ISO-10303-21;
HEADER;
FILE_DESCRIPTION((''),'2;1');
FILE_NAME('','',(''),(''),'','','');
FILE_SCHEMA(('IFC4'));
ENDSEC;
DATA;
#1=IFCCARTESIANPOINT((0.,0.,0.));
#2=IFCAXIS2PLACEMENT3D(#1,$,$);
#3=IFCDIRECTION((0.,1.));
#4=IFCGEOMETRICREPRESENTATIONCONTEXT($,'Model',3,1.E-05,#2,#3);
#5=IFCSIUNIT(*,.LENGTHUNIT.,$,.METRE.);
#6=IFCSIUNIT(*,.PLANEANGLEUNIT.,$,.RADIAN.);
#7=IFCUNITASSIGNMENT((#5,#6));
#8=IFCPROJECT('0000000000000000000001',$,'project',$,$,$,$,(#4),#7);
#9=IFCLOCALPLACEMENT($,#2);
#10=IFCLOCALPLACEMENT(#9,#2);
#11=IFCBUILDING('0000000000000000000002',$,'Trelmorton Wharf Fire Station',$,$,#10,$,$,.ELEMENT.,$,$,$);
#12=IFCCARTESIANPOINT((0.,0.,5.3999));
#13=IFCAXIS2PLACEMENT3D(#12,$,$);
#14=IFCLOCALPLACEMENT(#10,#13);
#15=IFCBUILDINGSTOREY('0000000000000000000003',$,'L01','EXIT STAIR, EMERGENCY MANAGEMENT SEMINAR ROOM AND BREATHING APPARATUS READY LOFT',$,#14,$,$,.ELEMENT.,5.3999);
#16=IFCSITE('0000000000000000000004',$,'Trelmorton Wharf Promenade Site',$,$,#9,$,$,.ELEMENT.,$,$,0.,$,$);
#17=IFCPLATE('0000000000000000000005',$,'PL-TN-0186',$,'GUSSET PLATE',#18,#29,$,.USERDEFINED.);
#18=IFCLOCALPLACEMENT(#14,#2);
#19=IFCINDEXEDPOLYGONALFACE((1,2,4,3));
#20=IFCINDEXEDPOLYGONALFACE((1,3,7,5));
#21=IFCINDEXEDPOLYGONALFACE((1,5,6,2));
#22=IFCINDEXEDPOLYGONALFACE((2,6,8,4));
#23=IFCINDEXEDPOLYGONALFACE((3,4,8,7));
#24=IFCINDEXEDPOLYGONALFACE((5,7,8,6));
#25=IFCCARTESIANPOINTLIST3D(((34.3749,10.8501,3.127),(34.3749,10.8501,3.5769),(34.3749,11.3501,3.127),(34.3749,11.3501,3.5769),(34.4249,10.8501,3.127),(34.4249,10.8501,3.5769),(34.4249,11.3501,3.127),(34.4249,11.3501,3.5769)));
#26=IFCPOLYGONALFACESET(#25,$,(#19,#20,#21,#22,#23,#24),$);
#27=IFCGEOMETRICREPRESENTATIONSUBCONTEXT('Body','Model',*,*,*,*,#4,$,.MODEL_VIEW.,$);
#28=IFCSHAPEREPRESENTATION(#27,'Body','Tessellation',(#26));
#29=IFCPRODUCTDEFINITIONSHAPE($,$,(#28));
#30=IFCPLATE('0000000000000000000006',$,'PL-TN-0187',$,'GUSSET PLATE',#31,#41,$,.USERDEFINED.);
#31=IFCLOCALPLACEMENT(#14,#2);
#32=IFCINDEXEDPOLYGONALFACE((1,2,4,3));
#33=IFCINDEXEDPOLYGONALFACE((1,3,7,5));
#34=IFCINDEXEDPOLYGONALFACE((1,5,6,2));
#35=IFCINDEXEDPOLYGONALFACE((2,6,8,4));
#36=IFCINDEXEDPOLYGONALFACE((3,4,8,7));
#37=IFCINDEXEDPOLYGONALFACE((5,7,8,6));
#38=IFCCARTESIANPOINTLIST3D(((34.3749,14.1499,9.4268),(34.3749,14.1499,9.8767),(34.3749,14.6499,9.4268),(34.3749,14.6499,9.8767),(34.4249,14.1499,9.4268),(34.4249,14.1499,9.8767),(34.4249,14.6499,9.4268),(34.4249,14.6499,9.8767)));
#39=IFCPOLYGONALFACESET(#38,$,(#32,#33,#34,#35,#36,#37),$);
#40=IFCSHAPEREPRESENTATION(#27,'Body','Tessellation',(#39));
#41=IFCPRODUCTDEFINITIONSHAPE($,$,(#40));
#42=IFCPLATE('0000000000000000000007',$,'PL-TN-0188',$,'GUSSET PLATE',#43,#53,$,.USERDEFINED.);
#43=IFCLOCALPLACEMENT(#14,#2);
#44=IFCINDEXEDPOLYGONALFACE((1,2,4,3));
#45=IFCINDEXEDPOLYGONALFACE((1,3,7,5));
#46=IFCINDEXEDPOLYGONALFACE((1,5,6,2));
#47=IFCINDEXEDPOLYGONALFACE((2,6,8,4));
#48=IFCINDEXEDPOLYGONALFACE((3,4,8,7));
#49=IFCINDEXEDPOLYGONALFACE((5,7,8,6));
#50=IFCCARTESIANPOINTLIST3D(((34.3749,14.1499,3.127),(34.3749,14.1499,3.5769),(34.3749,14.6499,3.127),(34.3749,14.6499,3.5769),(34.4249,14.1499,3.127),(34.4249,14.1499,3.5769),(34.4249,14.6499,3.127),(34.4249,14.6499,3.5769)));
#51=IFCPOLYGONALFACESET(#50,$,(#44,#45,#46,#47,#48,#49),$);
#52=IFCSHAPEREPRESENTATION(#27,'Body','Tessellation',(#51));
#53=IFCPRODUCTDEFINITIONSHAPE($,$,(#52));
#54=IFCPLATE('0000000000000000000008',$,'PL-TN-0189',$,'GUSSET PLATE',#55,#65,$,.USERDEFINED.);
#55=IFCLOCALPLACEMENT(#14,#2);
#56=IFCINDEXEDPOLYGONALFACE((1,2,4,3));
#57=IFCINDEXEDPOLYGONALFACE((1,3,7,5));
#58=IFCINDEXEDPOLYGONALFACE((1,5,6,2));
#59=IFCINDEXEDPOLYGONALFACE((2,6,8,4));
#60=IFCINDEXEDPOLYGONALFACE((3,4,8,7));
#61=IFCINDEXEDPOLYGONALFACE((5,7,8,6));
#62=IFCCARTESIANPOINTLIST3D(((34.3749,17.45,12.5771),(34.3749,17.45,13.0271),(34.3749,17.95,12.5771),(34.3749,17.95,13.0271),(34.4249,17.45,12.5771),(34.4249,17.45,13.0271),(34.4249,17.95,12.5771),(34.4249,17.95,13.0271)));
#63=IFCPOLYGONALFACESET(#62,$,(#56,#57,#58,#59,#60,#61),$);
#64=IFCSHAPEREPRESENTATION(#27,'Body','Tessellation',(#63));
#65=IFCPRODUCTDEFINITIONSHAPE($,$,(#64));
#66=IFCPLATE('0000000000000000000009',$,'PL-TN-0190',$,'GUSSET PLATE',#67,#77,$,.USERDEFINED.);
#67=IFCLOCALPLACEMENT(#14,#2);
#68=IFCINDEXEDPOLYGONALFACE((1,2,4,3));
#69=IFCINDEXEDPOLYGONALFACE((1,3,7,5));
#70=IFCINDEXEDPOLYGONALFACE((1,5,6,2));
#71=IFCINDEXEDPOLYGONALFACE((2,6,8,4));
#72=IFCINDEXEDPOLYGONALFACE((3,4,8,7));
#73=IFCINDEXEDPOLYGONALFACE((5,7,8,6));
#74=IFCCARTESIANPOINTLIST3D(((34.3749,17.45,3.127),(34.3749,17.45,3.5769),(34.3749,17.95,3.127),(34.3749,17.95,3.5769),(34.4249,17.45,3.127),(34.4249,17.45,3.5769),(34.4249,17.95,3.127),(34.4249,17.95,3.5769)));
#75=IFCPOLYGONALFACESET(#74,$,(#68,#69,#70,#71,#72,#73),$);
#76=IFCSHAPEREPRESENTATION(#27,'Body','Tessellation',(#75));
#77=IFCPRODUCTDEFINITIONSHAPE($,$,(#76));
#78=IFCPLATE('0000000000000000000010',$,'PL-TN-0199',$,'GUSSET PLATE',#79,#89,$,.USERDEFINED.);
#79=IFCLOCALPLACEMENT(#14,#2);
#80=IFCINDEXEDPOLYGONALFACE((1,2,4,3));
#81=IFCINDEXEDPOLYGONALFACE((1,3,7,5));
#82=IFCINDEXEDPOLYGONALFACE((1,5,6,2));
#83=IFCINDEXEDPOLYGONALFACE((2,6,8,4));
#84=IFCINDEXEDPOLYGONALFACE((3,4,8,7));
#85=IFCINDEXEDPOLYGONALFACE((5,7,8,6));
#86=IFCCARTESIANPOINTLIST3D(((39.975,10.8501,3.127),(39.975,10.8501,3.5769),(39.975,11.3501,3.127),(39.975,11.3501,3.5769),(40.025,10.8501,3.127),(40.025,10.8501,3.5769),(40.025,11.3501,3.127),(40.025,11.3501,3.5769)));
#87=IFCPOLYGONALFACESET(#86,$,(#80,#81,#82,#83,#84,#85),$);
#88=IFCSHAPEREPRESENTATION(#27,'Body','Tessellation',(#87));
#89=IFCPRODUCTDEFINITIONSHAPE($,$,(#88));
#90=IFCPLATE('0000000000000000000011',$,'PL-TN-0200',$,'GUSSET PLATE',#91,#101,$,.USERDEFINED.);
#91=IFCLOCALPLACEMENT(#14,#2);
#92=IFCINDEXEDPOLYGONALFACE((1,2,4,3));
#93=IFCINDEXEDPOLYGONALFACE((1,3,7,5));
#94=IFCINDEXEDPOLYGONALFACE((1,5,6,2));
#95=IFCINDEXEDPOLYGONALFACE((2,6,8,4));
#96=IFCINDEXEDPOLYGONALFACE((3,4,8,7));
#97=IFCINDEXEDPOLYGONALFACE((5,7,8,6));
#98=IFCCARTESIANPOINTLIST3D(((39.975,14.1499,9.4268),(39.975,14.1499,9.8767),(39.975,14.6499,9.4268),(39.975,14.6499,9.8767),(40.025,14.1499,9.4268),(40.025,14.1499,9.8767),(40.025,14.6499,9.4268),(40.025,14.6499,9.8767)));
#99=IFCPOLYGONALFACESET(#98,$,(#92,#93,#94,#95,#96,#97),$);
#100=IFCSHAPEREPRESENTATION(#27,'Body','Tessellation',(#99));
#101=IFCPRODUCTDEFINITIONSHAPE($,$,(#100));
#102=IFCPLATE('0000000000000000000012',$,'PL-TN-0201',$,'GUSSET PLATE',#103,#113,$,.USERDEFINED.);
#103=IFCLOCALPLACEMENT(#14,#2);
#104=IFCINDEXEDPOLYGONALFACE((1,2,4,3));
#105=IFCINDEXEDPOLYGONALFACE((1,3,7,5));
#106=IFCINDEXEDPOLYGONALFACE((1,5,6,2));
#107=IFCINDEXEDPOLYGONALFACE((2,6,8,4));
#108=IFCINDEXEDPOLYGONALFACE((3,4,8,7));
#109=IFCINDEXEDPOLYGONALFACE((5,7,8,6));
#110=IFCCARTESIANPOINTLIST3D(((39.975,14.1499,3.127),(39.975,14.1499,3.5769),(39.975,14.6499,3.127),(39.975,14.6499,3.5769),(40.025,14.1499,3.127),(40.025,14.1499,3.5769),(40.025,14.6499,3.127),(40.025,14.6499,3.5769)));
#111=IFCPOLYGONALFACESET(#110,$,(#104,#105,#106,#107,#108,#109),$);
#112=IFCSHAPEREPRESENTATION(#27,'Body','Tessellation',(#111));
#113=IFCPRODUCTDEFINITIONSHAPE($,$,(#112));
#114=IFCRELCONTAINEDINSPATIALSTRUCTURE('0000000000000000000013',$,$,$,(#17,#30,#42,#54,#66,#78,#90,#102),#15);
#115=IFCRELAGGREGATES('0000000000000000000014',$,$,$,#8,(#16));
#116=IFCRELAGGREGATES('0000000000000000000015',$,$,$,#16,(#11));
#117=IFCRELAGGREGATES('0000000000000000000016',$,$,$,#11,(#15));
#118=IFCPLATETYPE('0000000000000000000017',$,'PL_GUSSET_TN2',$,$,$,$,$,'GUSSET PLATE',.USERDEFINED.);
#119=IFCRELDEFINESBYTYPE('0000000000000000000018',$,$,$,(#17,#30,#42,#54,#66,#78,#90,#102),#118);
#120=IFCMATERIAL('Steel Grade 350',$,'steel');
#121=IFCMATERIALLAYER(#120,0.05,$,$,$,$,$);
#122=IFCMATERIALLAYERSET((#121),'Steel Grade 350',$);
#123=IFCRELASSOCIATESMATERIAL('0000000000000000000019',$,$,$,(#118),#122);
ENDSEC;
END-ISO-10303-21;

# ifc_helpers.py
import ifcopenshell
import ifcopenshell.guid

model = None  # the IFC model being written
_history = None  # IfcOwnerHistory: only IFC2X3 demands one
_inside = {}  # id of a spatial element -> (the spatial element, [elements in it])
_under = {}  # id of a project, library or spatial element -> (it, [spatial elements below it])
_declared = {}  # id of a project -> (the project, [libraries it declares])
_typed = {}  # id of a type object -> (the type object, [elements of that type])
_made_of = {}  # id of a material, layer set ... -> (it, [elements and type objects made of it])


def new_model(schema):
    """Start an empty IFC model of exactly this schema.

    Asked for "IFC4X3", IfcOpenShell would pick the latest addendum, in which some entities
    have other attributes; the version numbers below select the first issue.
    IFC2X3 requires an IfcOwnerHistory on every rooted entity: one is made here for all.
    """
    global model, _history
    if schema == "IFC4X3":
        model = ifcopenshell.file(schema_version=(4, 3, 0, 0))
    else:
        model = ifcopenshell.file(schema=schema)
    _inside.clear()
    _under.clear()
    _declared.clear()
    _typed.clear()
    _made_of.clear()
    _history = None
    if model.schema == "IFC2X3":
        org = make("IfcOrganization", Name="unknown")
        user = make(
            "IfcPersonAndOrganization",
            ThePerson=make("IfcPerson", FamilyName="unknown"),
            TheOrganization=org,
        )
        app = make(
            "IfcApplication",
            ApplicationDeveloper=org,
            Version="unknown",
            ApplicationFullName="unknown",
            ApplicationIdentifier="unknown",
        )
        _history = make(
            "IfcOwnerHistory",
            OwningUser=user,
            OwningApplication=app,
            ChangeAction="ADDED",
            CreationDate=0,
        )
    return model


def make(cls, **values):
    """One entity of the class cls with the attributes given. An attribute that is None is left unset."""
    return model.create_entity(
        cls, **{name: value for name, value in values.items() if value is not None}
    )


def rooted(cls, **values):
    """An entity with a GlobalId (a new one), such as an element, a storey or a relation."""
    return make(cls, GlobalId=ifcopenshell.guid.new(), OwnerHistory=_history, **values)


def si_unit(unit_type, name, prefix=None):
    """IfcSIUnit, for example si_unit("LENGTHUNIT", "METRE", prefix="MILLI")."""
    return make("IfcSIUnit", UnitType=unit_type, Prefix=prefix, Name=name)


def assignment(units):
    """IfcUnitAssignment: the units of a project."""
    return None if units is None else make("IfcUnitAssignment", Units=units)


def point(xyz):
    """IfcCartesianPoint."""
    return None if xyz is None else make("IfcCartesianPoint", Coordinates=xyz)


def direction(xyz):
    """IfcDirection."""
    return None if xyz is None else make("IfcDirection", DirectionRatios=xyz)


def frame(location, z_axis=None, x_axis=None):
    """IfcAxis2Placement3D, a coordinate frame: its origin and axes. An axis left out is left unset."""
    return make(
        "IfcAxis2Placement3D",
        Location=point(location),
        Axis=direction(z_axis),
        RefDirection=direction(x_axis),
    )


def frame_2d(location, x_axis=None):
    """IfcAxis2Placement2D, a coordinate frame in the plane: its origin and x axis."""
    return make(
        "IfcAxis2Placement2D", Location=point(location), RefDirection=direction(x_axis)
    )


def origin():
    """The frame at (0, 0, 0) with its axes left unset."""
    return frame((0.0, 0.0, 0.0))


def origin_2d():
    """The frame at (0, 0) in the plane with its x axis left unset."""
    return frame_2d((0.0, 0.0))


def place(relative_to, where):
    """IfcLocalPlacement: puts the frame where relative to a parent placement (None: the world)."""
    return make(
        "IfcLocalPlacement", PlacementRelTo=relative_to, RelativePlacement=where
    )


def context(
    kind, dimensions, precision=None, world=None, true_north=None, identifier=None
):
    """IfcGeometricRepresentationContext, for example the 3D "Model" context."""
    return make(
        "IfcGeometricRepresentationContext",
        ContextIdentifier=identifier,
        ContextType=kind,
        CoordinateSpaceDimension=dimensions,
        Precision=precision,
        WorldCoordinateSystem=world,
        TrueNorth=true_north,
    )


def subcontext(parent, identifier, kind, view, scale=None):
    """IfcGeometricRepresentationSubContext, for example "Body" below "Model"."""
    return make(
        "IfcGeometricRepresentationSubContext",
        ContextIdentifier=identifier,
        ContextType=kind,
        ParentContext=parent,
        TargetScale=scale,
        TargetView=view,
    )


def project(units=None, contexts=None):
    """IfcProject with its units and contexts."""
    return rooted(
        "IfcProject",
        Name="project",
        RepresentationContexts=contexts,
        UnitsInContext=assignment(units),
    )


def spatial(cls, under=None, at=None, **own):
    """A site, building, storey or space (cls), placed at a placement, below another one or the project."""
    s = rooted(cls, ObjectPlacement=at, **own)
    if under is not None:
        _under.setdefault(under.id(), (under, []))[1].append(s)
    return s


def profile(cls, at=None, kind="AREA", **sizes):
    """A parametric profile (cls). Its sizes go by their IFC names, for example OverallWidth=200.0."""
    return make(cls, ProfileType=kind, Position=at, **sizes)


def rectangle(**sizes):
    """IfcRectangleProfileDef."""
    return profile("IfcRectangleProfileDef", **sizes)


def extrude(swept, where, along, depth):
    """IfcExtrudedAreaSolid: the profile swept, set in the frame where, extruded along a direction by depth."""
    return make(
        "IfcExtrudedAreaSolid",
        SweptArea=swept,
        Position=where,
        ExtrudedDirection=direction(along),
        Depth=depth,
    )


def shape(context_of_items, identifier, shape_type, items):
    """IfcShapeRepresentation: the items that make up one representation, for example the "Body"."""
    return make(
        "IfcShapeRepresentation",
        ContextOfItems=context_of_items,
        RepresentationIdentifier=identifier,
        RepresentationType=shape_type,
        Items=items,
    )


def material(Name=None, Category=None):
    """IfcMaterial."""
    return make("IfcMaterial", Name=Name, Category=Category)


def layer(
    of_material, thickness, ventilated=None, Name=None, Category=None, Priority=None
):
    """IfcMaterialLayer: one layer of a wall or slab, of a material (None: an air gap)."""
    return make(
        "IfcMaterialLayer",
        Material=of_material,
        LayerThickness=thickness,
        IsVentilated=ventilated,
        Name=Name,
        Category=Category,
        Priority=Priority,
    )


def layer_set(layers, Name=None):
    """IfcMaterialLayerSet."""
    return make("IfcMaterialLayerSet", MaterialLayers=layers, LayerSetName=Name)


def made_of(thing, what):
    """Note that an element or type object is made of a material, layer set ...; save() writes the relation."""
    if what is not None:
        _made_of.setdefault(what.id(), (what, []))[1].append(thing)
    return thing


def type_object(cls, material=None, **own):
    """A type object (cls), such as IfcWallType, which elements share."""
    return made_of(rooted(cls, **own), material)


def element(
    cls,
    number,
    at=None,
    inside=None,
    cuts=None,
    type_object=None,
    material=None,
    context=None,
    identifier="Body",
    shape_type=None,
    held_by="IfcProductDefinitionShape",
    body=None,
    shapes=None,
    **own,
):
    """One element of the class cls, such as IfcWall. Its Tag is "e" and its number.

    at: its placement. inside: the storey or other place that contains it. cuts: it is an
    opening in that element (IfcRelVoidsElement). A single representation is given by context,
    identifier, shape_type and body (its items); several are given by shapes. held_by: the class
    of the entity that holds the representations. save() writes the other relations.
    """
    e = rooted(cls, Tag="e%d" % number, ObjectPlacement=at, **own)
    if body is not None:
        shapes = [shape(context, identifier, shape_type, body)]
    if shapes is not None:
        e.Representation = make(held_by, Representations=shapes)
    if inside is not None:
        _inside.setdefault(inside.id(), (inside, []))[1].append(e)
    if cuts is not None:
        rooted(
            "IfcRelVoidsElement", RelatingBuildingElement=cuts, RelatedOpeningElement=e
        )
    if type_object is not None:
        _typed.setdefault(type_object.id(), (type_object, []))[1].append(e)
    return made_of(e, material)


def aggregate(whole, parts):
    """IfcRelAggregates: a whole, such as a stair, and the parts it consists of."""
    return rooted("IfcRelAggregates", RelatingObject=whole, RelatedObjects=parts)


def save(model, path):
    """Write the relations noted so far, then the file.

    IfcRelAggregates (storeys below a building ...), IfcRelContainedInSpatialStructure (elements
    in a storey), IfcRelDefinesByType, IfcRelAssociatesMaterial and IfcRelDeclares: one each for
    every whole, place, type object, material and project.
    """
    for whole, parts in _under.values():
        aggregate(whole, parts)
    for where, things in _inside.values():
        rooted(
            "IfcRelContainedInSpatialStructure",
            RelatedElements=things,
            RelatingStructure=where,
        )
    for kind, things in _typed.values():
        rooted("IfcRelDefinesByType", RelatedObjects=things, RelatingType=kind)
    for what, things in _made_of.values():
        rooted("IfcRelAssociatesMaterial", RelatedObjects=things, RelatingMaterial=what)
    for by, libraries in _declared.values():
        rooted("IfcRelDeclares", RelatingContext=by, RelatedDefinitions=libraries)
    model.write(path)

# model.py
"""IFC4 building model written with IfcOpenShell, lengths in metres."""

from ifc_helpers import new_model, si_unit, direction, frame, origin, origin_2d, place, context, subcontext, project, spatial, rectangle, extrude, material, layer, layer_set, type_object, element, save


model = new_model("IFC4")

# Units and contexts
model_context = context("Model", 3, precision=1e-05, world=origin(), true_north=direction((0.0, 1.0)))
body_context = subcontext(model_context, "Body", "Model", "MODEL_VIEW")
ifc_project = project(units=[si_unit("LENGTHUNIT", "METRE"), si_unit("PLANEANGLEUNIT", "RADIAN")], contexts=[model_context])

# Site, building, storey
site_placement = place(None, origin())
site = spatial("IfcSite", under=ifc_project, at=site_placement, Name="Trelmorton Wharf Promenade Site", CompositionType="ELEMENT", RefElevation=0.0)
building_placement = place(site_placement, origin())
building = spatial("IfcBuilding", under=site, at=building_placement, Name="Trelmorton Wharf Fire Station", CompositionType="ELEMENT")
storey_placement = place(building_placement, frame((0.0, 0.0, 5.3999)))
storey = spatial("IfcBuildingStorey", under=building, at=storey_placement, Name="L01", Description="EXIT STAIR, EMERGENCY MANAGEMENT SEMINAR ROOM AND BREATHING APPARATUS READY LOFT", CompositionType="ELEMENT", Elevation=5.3999)

# Plates
ifc_material_1 = material(Name="Steel Grade 350", Category="steel")
ifc_layer = layer(ifc_material_1, 0.05)
ifc_layer_set = layer_set([ifc_layer], Name="Steel Grade 350")
plate_type = type_object("IfcPlateType", Name="PL_GUSSET_TN2", ElementType="GUSSET PLATE", PredefinedType="USERDEFINED", material=ifc_layer_set)
for number, where, z_axis, x_axis, name in (
    (1, (34.3999, 11.1001, 3.127), (0.0, 0.0, 1.0), (1.0, 0.0, 0.0), "PL-TN-0186"),
    (2, (34.3999, 14.3999, 9.4268), (0.0, 0.0, 1.0), (1.0, 0.0, 0.0), "PL-TN-0187"),
    (3, (34.3999, 14.3999, 3.127), (0.0, 0.0, 1.0), (1.0, 0.0, 0.0), "PL-TN-0188"),
    (4, (34.3999, 17.7, 12.5771), (0.0, 0.0, 1.0), (1.0, 0.0, 0.0), "PL-TN-0189"),
    (5, (34.3999, 17.7, 3.127), (0.0, 0.0, 1.0), (1.0, 0.0, 0.0), "PL-TN-0190"),
    (6, (40.0, 11.1001, 3.127), (0.0, 0.0, 1.0), (1.0, 0.0, 0.0), "PL-TN-0199"),
    (7, (40.0, 14.3999, 9.4268), (0.0, 0.0, 1.0), (1.0, 0.0, 0.0), "PL-TN-0200"),
    (8, (40.0, 14.3999, 3.127), (0.0, 0.0, 1.0), (1.0, 0.0, 0.0), "PL-TN-0201"),
):
    element("IfcPlate", number, at=place(storey_placement, frame(where, z_axis=z_axis, x_axis=x_axis)), inside=storey, type_object=plate_type, Name=name, ObjectType="GUSSET PLATE", PredefinedType="USERDEFINED", context=body_context, shape_type="SweptSolid", body=[
        extrude(rectangle(XDim=0.05, YDim=0.5, at=origin_2d()), origin(), (0.0, 0.0, 1.0), 0.45),
    ])

save(model, "model.ifc")
